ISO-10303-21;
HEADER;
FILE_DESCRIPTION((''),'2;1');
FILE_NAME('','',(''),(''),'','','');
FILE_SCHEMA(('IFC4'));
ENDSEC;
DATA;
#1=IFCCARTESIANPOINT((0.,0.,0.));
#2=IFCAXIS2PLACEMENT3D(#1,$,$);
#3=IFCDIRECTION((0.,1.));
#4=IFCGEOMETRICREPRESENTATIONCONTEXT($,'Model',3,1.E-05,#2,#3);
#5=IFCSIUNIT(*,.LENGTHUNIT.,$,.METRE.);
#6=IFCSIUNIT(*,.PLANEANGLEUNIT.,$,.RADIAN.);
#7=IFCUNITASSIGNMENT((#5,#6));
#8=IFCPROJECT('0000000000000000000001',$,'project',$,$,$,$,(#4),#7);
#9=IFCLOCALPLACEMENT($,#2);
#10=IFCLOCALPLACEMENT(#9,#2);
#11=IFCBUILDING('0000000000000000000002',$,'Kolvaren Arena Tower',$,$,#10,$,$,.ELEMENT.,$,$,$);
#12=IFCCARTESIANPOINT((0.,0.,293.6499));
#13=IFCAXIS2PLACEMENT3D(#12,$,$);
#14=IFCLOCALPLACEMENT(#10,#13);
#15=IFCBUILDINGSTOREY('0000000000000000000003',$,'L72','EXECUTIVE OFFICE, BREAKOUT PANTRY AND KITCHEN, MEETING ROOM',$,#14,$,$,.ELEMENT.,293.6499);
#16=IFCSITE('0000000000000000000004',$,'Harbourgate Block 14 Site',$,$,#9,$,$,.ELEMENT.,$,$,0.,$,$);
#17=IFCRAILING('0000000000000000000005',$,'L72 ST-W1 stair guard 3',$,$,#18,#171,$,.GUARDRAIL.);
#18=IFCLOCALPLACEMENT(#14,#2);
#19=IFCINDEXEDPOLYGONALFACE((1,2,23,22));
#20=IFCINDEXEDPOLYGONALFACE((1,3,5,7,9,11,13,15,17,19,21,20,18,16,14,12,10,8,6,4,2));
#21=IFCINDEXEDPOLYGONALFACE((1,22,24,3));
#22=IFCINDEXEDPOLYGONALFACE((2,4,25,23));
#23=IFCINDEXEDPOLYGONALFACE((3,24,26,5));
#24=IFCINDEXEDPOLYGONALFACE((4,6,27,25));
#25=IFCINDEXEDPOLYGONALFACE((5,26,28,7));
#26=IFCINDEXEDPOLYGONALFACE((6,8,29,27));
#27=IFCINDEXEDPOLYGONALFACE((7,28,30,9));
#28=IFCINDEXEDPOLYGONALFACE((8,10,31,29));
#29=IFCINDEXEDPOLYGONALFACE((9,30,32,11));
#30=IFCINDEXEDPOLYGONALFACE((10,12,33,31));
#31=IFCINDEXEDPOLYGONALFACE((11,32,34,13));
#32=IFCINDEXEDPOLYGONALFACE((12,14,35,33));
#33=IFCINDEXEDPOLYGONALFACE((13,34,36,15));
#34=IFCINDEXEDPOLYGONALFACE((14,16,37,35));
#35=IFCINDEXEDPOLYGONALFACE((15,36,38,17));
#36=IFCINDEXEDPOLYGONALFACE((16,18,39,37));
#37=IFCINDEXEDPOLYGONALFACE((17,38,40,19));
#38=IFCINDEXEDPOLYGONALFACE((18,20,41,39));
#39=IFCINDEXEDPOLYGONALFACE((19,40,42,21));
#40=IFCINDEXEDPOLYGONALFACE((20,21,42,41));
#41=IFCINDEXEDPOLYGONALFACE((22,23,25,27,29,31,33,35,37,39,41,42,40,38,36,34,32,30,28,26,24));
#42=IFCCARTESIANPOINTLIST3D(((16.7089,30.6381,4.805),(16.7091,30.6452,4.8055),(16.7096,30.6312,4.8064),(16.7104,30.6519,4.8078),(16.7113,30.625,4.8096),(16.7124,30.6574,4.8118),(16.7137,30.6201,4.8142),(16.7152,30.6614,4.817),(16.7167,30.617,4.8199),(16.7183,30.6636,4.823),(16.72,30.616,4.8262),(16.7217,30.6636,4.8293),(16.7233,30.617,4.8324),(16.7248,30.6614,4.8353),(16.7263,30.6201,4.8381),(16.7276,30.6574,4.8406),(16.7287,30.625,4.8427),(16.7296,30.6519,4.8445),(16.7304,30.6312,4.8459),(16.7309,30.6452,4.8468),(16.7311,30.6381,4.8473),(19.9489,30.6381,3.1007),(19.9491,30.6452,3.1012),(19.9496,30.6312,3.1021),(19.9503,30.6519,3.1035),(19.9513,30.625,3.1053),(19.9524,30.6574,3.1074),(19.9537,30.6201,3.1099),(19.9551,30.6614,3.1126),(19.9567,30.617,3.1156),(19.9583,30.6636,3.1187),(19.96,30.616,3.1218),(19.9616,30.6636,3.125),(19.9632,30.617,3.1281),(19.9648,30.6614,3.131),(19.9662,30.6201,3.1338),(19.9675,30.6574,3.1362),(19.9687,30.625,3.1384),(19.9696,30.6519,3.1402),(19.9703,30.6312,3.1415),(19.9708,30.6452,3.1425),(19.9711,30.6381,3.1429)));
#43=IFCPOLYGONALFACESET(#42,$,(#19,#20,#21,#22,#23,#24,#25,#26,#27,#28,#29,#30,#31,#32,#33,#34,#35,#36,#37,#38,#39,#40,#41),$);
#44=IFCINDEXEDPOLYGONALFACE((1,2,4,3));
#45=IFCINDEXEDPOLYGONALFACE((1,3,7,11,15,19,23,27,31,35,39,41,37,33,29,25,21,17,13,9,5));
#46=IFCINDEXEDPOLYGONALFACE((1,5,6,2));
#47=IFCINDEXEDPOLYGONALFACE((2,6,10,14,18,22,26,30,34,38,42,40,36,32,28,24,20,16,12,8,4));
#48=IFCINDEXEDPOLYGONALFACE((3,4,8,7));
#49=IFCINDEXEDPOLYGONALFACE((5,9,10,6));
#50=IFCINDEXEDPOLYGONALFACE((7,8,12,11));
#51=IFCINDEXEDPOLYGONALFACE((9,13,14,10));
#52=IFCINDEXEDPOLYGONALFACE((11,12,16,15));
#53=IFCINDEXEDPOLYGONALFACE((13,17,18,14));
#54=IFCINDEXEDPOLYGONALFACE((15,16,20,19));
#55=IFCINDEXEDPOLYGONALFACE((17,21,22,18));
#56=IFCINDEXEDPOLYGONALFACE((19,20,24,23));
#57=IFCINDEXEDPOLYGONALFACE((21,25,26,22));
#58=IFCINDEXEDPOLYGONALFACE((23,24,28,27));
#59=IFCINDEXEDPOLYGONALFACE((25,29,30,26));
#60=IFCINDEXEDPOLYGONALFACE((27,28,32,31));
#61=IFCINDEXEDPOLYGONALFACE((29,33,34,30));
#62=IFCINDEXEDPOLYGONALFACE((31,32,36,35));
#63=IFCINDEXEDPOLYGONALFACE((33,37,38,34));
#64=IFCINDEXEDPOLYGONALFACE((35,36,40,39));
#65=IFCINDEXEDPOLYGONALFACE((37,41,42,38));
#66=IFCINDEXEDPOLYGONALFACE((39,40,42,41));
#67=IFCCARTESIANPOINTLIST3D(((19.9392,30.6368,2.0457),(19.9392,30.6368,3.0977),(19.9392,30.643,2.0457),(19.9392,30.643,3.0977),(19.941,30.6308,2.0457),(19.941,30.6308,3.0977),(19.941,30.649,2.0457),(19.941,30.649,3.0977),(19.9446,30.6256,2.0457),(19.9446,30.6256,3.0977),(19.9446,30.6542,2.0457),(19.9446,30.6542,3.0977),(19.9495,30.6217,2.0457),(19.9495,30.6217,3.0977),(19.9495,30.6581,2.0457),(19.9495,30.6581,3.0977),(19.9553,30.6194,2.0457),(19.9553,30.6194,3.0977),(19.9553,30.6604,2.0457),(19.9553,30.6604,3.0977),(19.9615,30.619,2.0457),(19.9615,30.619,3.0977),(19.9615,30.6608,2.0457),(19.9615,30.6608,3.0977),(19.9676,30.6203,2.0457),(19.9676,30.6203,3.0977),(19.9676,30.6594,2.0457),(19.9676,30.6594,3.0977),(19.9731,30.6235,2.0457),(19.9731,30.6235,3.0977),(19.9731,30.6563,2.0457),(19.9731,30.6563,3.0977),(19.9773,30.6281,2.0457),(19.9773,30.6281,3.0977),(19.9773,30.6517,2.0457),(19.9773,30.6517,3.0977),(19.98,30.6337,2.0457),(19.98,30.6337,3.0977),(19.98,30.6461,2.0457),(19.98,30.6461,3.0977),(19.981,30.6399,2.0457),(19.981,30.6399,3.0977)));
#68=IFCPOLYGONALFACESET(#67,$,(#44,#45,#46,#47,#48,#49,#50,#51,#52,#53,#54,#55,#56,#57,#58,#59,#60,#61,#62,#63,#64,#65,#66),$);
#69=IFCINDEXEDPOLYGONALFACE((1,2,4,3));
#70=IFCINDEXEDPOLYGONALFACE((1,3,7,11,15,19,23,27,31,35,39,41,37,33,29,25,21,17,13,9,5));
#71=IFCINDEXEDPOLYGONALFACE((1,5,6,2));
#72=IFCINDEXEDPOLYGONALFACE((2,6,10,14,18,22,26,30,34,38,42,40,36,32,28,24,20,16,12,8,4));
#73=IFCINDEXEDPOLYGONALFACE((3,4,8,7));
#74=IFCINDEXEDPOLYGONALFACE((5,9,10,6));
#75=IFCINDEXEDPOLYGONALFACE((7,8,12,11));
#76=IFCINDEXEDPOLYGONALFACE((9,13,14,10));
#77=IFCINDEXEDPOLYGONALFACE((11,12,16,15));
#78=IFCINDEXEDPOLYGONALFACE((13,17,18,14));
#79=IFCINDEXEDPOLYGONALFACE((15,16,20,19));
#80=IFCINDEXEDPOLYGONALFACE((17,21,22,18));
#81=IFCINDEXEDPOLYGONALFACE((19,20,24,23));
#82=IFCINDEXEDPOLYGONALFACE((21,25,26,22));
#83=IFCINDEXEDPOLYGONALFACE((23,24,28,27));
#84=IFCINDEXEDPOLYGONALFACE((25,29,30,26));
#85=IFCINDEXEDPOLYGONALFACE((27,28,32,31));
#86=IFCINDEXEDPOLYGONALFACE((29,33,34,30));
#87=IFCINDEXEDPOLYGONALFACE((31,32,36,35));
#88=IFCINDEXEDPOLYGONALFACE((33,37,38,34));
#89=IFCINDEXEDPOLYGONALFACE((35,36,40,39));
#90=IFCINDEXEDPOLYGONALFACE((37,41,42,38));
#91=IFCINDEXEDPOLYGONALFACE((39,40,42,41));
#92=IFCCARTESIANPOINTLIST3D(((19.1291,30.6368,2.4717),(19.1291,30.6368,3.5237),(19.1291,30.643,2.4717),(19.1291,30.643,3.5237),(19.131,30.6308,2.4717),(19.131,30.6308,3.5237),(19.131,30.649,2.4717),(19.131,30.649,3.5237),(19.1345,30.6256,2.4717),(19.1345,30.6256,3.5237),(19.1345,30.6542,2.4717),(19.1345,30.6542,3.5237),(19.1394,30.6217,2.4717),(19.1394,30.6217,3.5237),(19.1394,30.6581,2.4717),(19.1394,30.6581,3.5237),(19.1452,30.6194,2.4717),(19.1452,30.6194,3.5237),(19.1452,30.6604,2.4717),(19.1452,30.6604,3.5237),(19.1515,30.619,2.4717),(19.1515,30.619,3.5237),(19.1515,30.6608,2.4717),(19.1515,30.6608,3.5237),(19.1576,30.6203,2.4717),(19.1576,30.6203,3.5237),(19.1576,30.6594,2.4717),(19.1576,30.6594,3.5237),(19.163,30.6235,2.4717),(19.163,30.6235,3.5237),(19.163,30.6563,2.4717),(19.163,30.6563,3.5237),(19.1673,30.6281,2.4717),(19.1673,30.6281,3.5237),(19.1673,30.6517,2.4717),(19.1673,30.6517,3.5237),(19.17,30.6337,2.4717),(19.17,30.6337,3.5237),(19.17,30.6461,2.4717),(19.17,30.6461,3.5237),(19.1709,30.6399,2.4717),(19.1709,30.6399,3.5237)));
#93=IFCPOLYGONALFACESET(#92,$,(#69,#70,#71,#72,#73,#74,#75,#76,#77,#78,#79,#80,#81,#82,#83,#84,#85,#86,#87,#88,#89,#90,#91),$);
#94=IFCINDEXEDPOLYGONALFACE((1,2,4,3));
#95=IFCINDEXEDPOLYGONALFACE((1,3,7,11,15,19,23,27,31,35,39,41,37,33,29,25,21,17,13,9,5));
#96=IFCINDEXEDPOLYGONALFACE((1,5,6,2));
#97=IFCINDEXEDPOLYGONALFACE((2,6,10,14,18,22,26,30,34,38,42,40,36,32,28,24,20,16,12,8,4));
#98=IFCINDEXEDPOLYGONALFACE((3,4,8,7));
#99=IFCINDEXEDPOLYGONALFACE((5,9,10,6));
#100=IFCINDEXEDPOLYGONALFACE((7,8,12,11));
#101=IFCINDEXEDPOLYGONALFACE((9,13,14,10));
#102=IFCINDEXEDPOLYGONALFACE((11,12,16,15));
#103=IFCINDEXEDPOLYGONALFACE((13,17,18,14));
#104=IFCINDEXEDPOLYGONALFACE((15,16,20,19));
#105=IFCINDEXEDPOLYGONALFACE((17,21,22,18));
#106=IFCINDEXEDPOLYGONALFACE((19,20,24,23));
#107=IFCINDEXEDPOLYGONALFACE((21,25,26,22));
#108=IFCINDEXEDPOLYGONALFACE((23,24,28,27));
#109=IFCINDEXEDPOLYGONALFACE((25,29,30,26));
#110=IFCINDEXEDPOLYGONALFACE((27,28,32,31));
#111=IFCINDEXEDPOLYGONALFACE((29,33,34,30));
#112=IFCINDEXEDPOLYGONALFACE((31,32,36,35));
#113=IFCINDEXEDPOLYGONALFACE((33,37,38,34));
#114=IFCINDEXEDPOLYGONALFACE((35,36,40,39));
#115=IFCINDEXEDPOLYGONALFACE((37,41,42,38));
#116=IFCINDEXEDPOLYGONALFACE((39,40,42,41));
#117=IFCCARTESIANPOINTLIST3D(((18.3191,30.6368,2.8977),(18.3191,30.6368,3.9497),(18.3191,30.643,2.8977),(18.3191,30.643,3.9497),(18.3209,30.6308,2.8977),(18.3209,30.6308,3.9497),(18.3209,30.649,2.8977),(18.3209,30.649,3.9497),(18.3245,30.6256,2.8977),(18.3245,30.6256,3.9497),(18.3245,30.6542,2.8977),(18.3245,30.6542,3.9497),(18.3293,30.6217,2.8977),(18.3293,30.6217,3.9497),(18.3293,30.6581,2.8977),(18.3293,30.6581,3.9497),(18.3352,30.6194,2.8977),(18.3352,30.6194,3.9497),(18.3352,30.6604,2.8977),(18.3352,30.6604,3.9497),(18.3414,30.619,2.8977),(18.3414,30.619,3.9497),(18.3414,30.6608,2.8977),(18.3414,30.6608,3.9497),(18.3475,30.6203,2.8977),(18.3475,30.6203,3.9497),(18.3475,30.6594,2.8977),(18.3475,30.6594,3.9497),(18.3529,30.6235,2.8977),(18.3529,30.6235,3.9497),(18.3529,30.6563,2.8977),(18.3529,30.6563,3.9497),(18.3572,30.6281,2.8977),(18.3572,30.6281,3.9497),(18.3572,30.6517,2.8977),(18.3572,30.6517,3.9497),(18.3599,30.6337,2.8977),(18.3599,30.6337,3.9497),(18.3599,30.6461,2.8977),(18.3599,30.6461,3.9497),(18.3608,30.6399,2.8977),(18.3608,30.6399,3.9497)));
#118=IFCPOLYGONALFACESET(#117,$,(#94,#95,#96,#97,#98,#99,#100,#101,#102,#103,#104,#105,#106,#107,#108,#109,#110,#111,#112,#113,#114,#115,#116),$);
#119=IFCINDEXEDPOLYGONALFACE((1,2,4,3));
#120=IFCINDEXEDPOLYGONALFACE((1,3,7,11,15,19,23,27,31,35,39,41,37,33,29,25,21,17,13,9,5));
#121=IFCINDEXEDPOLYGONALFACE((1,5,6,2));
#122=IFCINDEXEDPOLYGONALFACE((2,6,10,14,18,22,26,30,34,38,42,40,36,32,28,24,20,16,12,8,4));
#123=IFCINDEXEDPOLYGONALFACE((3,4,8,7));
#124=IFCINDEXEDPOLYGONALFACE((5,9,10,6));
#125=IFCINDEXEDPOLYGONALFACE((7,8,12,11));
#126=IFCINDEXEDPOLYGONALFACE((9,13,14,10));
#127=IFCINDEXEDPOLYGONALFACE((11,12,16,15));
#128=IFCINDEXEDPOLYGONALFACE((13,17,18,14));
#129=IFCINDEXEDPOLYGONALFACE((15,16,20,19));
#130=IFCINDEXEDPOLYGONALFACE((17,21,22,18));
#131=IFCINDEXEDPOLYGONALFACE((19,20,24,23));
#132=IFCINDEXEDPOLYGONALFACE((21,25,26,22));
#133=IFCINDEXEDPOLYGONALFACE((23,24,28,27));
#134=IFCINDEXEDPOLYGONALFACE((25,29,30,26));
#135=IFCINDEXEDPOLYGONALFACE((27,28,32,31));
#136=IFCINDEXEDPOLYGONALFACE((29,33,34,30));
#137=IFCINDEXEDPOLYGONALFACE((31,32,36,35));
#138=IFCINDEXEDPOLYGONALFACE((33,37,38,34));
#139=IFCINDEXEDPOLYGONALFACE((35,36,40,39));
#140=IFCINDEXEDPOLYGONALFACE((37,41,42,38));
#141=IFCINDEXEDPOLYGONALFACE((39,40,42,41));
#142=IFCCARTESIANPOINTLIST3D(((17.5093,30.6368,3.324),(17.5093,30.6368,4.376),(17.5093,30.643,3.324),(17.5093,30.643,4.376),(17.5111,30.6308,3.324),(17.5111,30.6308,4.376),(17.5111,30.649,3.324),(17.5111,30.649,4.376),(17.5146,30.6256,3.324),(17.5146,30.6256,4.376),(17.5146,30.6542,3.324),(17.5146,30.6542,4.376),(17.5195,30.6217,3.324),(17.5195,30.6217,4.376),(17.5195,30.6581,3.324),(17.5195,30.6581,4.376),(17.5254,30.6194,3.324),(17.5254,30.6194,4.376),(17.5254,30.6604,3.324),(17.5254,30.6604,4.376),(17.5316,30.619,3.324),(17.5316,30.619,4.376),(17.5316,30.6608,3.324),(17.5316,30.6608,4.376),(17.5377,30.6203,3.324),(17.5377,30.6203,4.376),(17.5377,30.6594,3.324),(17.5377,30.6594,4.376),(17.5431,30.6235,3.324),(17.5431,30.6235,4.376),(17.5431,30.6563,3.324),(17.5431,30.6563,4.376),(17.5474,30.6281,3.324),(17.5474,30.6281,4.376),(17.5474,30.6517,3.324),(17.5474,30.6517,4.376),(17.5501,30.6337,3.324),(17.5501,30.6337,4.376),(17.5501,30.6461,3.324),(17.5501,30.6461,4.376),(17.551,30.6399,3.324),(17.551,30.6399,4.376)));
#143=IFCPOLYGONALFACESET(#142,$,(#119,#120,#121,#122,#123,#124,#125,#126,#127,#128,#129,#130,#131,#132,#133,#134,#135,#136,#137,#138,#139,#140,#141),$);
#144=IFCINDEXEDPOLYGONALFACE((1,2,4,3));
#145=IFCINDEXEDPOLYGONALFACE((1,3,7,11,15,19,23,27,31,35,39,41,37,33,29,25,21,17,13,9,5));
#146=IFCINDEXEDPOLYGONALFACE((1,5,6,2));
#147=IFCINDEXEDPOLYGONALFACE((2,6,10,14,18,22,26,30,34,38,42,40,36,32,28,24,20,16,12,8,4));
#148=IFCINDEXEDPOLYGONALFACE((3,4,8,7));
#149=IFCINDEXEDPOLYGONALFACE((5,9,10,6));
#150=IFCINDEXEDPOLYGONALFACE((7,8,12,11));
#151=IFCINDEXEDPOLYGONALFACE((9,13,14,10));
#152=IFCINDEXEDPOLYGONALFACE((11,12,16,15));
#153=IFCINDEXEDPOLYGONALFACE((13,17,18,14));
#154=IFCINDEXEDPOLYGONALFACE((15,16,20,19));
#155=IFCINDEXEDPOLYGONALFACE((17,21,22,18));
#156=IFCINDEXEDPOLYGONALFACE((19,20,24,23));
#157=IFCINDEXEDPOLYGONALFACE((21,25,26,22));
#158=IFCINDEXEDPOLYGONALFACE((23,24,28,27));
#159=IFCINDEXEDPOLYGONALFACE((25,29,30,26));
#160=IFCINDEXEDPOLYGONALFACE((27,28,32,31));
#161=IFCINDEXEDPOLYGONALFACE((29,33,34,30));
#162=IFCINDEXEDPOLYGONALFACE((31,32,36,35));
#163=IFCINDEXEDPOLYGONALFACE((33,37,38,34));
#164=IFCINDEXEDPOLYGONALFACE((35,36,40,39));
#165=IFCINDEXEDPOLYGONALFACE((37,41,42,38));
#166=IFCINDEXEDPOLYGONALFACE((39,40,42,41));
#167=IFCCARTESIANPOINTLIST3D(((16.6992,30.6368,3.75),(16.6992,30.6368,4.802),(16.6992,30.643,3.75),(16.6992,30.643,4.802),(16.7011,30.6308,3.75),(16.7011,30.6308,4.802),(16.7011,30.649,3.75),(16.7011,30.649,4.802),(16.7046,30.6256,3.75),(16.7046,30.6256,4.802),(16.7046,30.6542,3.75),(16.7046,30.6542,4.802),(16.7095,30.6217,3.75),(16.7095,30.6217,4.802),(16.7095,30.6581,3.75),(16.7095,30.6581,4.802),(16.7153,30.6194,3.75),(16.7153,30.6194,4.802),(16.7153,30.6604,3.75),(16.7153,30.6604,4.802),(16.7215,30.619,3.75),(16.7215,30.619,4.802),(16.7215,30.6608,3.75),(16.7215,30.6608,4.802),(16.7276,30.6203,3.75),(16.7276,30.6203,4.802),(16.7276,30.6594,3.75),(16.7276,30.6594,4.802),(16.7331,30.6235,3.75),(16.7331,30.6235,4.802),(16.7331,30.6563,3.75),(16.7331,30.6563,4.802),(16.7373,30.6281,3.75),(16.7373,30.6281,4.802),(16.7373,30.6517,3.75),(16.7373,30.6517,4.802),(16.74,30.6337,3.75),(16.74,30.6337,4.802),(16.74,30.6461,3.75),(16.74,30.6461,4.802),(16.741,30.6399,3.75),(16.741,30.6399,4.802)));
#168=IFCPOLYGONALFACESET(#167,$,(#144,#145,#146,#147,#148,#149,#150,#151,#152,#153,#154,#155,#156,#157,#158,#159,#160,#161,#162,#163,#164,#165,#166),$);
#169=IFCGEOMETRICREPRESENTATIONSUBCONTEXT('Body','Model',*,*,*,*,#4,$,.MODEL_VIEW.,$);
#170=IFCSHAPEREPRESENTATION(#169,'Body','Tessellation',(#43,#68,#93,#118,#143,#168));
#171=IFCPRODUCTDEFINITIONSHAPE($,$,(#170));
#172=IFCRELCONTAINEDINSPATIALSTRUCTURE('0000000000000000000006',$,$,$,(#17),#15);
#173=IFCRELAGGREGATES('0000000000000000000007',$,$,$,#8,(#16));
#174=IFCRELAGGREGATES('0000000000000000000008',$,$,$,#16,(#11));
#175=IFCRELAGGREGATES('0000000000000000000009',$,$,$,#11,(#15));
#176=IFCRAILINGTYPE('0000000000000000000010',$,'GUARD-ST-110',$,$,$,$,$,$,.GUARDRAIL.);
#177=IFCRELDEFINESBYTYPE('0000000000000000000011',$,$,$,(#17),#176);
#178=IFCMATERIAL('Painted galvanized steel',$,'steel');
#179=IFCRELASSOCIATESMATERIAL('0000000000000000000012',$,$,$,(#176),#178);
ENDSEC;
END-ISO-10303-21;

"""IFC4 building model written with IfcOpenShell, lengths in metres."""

from ifc_helpers import new_model, si_unit, direction, frame, origin, origin_2d, place, context, subcontext, project, spatial, circle, extrude, material, type_object, element, save


model = new_model("IFC4")

# Units and contexts
model_context = context("Model", 3, precision=1e-05, world=origin(), true_north=direction((0.0, 1.0)))
body_context = subcontext(model_context, "Body", "Model", "MODEL_VIEW")
ifc_project = project(units=[si_unit("LENGTHUNIT", "METRE"), si_unit("PLANEANGLEUNIT", "RADIAN")], contexts=[model_context])

# Site, building, storey
site_placement = place(None, origin())
site = spatial("IfcSite", under=ifc_project, at=site_placement, Name="Harbourgate Block 14 Site", CompositionType="ELEMENT", RefElevation=0.0)
building_placement = place(site_placement, origin())
building = spatial("IfcBuilding", under=site, at=building_placement, Name="Kolvaren Arena Tower", CompositionType="ELEMENT")
storey_placement = place(building_placement, frame((0.0, 0.0, 293.6499)))
storey = spatial("IfcBuildingStorey", under=building, at=storey_placement, Name="L72", Description="EXECUTIVE OFFICE, BREAKOUT PANTRY AND KITCHEN, MEETING ROOM", CompositionType="ELEMENT", Elevation=293.6499)

# Railing
ifc_material_1 = material(Name="Painted galvanized steel", Category="steel")
railing_type_1 = type_object("IfcRailingType", Name="GUARD-ST-110", PredefinedType="GUARDRAIL", material=ifc_material_1)
railing_1_placement = place(storey_placement, frame((19.96, 30.6399, 2.0457)))
element("IfcRailing", 1, at=railing_1_placement, inside=storey, type_object=railing_type_1, Name="L72 ST-W1 stair guard 3", PredefinedType="GUARDRAIL", context=body_context, shape_type="SweptSolid", body=[
    extrude(circle(Radius=0.0239, at=origin_2d()), frame((0.0, 0.0, 1.0762), z_axis=(-0.885021, 0.0, 0.465551), x_axis=(0.0, -1.0, 0.0)), (0.0, 0.0, 1.0), 3.6609),
    extrude(circle(Radius=0.021, at=origin_2d()), origin(), (0.0, 0.0, 1.0), 1.052),
    extrude(circle(Radius=0.021, at=origin_2d()), frame((-0.8101, 0.0, 0.426)), (0.0, 0.0, 1.0), 1.052),
    extrude(circle(Radius=0.021, at=origin_2d()), frame((-1.6201, 0.0, 0.8521)), (0.0, 0.0, 1.0), 1.052),
    extrude(circle(Radius=0.021, at=origin_2d()), frame((-2.4299, 0.0, 1.2783)), (0.0, 0.0, 1.0), 1.052),
    extrude(circle(Radius=0.021, at=origin_2d()), frame((-3.24, 0.0, 1.7043)), (0.0, 0.0, 1.0), 1.052),
])

save(model, "model.ifc")
